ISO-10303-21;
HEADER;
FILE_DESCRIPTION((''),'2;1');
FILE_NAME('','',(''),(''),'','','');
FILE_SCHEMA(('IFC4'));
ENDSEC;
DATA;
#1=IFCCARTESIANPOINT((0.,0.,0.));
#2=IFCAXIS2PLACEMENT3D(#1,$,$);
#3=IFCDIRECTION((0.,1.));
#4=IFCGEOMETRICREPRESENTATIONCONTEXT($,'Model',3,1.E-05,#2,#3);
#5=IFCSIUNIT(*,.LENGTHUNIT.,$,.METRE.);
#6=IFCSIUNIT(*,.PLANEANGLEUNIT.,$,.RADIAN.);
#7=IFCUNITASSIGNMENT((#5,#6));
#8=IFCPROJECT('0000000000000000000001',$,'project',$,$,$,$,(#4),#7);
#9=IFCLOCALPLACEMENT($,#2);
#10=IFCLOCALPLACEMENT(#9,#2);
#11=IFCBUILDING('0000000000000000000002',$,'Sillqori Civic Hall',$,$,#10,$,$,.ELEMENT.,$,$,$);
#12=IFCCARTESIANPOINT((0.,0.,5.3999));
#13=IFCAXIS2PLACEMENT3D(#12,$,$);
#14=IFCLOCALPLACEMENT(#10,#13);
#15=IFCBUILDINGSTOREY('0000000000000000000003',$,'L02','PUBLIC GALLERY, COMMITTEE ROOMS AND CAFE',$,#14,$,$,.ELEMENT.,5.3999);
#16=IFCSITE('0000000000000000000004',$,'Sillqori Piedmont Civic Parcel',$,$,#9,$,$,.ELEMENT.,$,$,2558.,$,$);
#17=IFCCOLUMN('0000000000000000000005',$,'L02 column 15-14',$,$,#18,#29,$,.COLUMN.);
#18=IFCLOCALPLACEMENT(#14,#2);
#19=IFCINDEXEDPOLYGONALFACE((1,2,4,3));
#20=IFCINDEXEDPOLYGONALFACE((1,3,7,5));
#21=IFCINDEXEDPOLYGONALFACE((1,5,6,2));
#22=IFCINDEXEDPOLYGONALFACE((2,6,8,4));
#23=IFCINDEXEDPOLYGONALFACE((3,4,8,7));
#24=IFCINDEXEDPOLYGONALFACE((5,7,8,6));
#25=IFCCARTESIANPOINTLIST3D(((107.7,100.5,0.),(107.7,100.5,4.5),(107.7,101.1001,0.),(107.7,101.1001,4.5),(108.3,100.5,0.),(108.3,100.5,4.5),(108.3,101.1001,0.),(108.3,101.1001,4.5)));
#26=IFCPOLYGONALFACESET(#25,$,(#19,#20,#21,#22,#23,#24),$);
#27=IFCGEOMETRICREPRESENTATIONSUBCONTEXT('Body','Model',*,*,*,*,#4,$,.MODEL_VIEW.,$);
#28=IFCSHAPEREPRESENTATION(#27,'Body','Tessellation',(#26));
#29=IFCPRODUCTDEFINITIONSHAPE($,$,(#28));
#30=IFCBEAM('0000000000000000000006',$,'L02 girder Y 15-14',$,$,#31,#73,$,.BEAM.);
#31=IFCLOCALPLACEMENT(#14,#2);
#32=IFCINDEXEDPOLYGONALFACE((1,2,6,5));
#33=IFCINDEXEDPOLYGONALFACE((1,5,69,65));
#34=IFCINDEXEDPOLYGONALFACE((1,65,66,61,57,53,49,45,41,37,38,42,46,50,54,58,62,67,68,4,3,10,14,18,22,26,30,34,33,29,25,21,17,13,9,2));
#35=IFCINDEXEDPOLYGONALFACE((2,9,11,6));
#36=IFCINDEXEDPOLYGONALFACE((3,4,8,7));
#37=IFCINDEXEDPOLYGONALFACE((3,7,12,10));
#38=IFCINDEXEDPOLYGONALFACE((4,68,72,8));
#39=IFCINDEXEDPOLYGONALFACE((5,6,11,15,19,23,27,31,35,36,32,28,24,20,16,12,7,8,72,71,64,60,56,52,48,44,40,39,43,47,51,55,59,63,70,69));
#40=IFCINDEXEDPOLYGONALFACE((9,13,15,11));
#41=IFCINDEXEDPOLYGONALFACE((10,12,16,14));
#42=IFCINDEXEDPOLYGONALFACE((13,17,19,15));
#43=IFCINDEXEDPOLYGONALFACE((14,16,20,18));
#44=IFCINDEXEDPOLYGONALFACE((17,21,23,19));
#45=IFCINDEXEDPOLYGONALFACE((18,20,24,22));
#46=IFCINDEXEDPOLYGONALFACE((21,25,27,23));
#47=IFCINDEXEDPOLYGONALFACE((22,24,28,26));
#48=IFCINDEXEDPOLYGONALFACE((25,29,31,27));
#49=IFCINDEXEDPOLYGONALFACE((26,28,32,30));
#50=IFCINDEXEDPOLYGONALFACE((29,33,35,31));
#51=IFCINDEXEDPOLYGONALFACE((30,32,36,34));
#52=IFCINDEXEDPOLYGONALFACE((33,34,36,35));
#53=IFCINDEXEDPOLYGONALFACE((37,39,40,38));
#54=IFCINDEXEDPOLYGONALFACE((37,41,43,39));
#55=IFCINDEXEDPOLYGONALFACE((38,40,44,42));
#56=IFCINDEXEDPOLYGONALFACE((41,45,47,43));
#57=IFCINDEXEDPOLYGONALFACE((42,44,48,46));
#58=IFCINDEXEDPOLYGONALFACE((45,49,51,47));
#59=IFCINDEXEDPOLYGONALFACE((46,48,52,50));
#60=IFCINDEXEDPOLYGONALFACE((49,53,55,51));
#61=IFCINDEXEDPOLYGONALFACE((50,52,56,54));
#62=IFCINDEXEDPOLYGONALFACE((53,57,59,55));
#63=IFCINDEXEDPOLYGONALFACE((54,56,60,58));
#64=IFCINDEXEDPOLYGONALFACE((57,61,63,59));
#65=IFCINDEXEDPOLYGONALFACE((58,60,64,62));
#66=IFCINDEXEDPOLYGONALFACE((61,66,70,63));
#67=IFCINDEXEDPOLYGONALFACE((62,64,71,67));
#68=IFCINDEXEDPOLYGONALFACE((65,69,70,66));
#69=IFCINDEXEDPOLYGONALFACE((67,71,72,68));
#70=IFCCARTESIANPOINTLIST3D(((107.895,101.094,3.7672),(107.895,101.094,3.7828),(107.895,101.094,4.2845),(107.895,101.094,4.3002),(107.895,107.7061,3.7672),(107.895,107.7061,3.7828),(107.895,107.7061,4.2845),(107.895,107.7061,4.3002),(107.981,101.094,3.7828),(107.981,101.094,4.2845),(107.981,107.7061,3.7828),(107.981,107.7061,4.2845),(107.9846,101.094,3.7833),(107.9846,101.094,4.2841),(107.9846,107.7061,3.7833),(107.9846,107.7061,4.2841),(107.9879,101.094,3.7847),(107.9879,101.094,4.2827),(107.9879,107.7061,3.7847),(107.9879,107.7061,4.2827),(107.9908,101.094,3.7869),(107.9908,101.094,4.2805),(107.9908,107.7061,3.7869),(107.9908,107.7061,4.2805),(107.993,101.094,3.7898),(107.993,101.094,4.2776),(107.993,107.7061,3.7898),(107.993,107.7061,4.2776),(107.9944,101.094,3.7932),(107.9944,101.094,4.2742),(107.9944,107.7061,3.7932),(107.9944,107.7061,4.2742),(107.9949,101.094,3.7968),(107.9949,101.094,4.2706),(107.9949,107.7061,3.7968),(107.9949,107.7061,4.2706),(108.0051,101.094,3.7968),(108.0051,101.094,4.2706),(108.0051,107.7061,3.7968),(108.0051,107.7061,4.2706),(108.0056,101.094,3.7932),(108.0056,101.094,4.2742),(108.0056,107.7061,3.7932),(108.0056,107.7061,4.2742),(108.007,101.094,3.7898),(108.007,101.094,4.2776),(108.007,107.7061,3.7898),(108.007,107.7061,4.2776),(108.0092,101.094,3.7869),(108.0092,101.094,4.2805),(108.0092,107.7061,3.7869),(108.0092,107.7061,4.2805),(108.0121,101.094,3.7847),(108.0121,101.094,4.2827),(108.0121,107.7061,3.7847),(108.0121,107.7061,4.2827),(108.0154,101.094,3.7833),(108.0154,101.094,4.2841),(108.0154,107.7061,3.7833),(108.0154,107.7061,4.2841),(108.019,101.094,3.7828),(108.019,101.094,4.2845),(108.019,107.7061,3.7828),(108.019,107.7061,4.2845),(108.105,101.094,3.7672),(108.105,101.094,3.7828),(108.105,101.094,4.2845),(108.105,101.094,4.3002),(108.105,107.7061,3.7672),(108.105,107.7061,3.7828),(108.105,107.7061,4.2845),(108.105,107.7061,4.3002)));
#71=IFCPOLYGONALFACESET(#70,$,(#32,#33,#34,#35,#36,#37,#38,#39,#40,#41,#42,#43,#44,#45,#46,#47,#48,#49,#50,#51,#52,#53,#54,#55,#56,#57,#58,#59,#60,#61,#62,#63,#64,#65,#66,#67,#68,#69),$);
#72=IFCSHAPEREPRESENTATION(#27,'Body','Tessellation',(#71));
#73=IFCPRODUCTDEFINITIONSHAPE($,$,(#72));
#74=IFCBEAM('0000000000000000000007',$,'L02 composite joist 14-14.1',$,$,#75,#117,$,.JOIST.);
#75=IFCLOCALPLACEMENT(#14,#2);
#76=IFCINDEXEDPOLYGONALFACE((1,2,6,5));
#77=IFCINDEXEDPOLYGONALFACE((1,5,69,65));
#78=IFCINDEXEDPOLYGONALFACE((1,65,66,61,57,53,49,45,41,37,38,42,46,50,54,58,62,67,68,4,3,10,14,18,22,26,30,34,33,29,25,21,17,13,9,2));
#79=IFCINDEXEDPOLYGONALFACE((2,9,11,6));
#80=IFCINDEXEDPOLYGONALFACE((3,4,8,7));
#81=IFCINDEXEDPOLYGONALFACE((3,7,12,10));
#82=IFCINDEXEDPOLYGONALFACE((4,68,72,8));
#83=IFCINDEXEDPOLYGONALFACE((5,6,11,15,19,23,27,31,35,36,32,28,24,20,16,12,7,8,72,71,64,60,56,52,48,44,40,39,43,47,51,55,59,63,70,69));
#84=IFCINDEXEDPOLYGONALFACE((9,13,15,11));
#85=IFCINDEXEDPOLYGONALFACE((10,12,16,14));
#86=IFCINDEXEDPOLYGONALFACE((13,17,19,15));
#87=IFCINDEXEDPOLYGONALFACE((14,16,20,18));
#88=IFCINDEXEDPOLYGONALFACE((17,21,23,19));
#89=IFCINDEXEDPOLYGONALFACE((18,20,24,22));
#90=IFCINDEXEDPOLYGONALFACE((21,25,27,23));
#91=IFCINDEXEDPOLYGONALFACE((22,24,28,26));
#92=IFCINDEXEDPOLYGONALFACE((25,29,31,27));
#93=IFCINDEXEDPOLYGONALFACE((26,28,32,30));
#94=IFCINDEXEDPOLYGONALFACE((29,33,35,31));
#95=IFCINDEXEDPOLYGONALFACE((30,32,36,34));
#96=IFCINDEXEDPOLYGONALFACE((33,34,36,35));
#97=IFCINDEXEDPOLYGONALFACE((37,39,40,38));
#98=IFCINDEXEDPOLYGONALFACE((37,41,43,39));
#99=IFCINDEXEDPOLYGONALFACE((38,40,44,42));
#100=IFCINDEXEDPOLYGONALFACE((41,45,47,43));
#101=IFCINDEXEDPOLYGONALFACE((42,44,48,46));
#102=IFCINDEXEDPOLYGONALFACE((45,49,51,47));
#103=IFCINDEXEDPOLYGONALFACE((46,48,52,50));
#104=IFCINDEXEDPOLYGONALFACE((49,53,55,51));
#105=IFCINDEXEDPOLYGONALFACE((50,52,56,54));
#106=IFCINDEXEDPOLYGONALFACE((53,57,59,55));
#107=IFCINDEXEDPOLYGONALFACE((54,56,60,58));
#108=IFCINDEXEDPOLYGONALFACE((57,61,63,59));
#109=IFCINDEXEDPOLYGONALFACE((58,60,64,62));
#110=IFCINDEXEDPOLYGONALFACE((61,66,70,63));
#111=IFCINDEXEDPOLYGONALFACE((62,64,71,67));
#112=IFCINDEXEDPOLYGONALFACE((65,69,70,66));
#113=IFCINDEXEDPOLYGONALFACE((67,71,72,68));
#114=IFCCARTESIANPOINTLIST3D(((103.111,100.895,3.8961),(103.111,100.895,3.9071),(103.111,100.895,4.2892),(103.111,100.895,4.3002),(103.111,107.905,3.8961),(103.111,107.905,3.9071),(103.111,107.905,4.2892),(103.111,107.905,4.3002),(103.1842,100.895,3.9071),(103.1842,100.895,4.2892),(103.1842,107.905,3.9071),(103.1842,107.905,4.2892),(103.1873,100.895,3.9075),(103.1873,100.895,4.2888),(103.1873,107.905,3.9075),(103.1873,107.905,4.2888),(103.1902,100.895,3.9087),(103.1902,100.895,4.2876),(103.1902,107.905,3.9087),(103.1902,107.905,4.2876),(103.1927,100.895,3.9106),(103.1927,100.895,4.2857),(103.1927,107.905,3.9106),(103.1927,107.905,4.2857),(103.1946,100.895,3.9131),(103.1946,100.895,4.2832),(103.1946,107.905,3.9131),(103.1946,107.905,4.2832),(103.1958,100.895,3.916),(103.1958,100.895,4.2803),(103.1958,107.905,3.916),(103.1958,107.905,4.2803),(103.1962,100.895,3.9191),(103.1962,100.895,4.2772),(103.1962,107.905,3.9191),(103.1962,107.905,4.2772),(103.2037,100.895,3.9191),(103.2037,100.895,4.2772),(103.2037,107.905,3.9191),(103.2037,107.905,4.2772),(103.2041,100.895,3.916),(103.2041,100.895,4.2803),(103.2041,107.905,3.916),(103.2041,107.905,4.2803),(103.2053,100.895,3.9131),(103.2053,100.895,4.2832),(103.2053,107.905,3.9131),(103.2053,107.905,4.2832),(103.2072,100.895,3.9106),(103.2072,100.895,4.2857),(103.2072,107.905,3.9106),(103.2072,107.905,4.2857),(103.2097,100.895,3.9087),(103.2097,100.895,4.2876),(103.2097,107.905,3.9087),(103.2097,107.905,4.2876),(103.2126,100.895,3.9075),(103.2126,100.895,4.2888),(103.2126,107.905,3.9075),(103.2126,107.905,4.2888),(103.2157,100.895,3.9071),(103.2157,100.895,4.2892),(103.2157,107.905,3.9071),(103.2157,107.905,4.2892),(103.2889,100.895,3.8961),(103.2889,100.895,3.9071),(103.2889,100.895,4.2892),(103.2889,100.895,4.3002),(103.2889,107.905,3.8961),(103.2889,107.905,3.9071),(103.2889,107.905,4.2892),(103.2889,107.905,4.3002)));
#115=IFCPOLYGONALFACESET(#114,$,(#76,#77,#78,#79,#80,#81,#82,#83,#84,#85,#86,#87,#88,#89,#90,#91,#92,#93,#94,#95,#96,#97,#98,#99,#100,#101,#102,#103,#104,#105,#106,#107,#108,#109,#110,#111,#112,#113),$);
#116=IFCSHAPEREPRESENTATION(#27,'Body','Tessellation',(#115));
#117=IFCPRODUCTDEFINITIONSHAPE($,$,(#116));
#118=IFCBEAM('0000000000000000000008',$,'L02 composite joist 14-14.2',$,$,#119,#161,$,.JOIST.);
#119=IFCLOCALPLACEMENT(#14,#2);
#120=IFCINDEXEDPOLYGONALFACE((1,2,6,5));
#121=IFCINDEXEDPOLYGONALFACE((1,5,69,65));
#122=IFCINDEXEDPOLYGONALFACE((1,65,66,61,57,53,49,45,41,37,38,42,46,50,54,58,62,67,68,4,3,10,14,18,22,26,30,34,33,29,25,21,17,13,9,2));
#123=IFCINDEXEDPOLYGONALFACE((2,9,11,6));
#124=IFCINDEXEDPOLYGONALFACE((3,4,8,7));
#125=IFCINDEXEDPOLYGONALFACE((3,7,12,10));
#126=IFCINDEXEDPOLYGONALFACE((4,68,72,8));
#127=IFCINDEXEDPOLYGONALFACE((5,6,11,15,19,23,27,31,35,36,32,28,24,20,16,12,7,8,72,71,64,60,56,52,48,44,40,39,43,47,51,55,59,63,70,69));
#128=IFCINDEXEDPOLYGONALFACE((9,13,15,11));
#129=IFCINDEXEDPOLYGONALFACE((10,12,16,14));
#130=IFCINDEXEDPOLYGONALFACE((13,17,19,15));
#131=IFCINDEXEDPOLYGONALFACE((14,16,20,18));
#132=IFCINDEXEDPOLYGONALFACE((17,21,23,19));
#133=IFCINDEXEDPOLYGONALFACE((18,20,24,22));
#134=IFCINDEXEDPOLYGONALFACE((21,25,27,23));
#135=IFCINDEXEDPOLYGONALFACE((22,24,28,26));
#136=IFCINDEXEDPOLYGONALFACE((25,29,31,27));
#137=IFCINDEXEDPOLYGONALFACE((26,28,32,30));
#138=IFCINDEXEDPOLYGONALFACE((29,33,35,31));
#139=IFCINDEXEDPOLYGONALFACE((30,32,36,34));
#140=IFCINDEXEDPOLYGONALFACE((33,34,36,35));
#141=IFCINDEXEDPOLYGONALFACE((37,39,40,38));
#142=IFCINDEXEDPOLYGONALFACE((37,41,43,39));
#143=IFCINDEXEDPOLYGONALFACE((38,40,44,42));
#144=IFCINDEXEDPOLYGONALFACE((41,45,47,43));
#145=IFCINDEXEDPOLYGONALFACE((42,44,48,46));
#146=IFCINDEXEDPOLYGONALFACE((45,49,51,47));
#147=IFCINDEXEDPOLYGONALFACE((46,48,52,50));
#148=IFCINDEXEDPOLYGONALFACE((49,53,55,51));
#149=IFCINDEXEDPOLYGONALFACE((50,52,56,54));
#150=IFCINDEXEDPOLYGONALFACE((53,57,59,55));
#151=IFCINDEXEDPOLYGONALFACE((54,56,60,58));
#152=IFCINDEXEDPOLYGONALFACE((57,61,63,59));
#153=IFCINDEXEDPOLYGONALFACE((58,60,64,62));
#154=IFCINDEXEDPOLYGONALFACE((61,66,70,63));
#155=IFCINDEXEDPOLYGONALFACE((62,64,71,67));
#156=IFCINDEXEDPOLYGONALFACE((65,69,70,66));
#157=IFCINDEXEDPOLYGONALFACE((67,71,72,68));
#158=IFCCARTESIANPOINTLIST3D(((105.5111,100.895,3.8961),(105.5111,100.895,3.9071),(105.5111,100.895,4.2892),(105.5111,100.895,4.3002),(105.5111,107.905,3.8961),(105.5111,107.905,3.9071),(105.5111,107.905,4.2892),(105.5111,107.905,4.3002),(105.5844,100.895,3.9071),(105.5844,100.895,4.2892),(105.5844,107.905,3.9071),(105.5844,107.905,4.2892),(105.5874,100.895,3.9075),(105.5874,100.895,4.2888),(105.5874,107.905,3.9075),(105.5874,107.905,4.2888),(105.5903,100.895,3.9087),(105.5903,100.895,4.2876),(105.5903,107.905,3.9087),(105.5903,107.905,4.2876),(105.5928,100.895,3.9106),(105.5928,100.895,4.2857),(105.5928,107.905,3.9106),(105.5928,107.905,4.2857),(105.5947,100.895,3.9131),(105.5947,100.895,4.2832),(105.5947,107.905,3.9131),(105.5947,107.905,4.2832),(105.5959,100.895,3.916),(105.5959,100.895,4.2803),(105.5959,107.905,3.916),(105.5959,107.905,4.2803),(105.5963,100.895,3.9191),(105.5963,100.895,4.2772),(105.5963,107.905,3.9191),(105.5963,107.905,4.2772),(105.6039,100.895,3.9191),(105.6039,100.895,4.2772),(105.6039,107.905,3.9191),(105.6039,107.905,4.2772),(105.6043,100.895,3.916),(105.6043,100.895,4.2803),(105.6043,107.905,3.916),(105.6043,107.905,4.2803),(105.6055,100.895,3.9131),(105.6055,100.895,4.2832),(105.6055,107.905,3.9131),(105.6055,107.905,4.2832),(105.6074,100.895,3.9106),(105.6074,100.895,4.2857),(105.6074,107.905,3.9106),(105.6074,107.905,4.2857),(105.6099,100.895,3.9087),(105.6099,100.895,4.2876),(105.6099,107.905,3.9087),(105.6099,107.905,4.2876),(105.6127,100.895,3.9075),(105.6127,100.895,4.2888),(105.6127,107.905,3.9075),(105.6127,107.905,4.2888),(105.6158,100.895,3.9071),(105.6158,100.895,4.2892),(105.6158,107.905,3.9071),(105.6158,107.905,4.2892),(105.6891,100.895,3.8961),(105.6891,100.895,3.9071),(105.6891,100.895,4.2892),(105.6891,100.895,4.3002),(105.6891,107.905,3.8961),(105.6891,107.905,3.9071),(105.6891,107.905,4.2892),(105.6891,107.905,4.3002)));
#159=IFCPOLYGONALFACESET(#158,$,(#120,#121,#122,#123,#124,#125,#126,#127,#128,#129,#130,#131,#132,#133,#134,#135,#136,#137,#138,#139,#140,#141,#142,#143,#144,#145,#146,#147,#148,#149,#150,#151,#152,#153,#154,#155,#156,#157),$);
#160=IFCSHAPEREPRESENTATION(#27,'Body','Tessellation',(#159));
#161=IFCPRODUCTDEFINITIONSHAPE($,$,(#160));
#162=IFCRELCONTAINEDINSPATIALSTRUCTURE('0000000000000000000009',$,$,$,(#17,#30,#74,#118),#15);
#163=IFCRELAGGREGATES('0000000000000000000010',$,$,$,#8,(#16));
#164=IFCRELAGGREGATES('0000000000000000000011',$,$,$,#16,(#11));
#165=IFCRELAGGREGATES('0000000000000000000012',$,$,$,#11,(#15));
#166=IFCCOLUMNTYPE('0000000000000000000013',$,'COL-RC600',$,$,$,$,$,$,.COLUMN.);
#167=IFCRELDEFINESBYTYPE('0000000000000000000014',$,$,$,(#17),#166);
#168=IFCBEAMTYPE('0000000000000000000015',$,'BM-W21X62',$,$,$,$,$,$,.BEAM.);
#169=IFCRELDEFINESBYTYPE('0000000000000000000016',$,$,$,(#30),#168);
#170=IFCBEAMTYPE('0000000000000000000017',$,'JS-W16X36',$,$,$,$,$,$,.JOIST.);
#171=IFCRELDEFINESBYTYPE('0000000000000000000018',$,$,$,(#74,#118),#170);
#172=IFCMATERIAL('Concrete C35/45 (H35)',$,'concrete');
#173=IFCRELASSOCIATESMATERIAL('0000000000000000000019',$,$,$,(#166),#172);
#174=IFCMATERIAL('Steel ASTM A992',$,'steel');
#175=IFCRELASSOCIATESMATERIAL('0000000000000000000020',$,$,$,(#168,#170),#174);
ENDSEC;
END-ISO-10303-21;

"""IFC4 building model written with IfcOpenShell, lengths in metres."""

from ifc_helpers import new_model, si_unit, direction, frame, origin, origin_2d, place, context, subcontext, project, spatial, rectangle, i_section, extrude, material, material_profile, profile_set, type_object, element, save


model = new_model("IFC4")

# Units and contexts
model_context = context("Model", 3, precision=1e-05, world=origin(), true_north=direction((0.0, 1.0)))
body_context = subcontext(model_context, "Body", "Model", "MODEL_VIEW")
ifc_project = project(units=[si_unit("LENGTHUNIT", "METRE"), si_unit("PLANEANGLEUNIT", "RADIAN")], contexts=[model_context])

# Site, building, storey
site_placement = place(None, origin())
site = spatial("IfcSite", under=ifc_project, at=site_placement, Name="Sillqori Piedmont Civic Parcel", CompositionType="ELEMENT", RefElevation=2558.0)
building_placement = place(site_placement, origin())
building = spatial("IfcBuilding", under=site, at=building_placement, Name="Sillqori Civic Hall", CompositionType="ELEMENT")
storey_placement = place(building_placement, frame((0.0, 0.0, 5.3999)))
storey = spatial("IfcBuildingStorey", under=building, at=storey_placement, Name="L02", Description="PUBLIC GALLERY, COMMITTEE ROOMS AND CAFE", CompositionType="ELEMENT", Elevation=5.3999)

# Column
ifc_material_1 = material(Name="Concrete C35/45 (H35)", Category="concrete")
ifc_material_profile_1 = material_profile(ifc_material_1, rectangle(XDim=0.6001, YDim=0.6001, at=origin_2d()), Name="RC 600x600")
ifc_profile_set_1 = profile_set([ifc_material_profile_1], Name="Concrete C35/45 (H35)")
column_type = type_object("IfcColumnType", Name="COL-RC600", PredefinedType="COLUMN", material=ifc_profile_set_1)
column_placement = place(storey_placement, frame((108.0, 100.8, 0.0), z_axis=(0.0, 0.0, 1.0), x_axis=(1.0, 0.0, 0.0)))
element("IfcColumn", 1, at=column_placement, inside=storey, type_object=column_type, Name="L02 column 15-14", PredefinedType="COLUMN", context=body_context, shape_type="SweptSolid", body=[
    extrude(rectangle(XDim=0.6001, YDim=0.6001, at=origin_2d()), origin(), (0.0, 0.0, 1.0), 4.5),
])

# Beam
ifc_material_2 = material(Name="Steel ASTM A992", Category="steel")
ifc_material_profile_2 = material_profile(ifc_material_2, i_section(OverallWidth=0.21, OverallDepth=0.533, WebThickness=0.0103, FlangeThickness=0.0156, FilletRadius=0.0139, at=origin_2d()), Name="W21X62")
ifc_profile_set_2 = profile_set([ifc_material_profile_2], Name="Steel ASTM A992")
beam_type_1 = type_object("IfcBeamType", Name="BM-W21X62", PredefinedType="BEAM", material=ifc_profile_set_2)
beam_placement = place(storey_placement, frame((108.0, 101.094, 4.0337), z_axis=(0.0, 1.0, 0.0), x_axis=(-1.0, 0.0, 0.0)))
element("IfcBeam", 2, at=beam_placement, inside=storey, type_object=beam_type_1, Name="L02 girder Y 15-14", PredefinedType="BEAM", context=body_context, shape_type="SweptSolid", body=[
    extrude(i_section(OverallWidth=0.21, OverallDepth=0.533, WebThickness=0.0103, FlangeThickness=0.0156, FilletRadius=0.0139, at=origin_2d()), origin(), (0.0, 0.0, 1.0), 6.6121),
])

# Beams
ifc_material_profile_3 = material_profile(ifc_material_2, i_section(OverallWidth=0.178, OverallDepth=0.4041, WebThickness=0.0076, FlangeThickness=0.011, FilletRadius=0.012, at=origin_2d()), Name="W16X36")
ifc_profile_set_3 = profile_set([ifc_material_profile_3], Name="Steel ASTM A992")
beam_type_2 = type_object("IfcBeamType", Name="JS-W16X36", PredefinedType="JOIST", material=ifc_profile_set_3)
for number, where, z_axis, x_axis, name in (
    (3, (103.2, 100.895, 4.0981), (0.0, 1.0, 0.0), (-1.0, 0.0, 0.0), "L02 composite joist 14-14.1"),
    (4, (105.6001, 100.895, 4.0981), (0.0, 1.0, 0.0), (-1.0, 0.0, 0.0), "L02 composite joist 14-14.2"),
):
    element("IfcBeam", number, at=place(storey_placement, frame(where, z_axis=z_axis, x_axis=x_axis)), inside=storey, type_object=beam_type_2, Name=name, PredefinedType="JOIST", context=body_context, shape_type="SweptSolid", body=[
        extrude(i_section(OverallWidth=0.178, OverallDepth=0.4041, WebThickness=0.0076, FlangeThickness=0.011, FilletRadius=0.012, at=origin_2d()), origin(), (0.0, 0.0, 1.0), 7.01),
    ])

save(model, "model.ifc")
